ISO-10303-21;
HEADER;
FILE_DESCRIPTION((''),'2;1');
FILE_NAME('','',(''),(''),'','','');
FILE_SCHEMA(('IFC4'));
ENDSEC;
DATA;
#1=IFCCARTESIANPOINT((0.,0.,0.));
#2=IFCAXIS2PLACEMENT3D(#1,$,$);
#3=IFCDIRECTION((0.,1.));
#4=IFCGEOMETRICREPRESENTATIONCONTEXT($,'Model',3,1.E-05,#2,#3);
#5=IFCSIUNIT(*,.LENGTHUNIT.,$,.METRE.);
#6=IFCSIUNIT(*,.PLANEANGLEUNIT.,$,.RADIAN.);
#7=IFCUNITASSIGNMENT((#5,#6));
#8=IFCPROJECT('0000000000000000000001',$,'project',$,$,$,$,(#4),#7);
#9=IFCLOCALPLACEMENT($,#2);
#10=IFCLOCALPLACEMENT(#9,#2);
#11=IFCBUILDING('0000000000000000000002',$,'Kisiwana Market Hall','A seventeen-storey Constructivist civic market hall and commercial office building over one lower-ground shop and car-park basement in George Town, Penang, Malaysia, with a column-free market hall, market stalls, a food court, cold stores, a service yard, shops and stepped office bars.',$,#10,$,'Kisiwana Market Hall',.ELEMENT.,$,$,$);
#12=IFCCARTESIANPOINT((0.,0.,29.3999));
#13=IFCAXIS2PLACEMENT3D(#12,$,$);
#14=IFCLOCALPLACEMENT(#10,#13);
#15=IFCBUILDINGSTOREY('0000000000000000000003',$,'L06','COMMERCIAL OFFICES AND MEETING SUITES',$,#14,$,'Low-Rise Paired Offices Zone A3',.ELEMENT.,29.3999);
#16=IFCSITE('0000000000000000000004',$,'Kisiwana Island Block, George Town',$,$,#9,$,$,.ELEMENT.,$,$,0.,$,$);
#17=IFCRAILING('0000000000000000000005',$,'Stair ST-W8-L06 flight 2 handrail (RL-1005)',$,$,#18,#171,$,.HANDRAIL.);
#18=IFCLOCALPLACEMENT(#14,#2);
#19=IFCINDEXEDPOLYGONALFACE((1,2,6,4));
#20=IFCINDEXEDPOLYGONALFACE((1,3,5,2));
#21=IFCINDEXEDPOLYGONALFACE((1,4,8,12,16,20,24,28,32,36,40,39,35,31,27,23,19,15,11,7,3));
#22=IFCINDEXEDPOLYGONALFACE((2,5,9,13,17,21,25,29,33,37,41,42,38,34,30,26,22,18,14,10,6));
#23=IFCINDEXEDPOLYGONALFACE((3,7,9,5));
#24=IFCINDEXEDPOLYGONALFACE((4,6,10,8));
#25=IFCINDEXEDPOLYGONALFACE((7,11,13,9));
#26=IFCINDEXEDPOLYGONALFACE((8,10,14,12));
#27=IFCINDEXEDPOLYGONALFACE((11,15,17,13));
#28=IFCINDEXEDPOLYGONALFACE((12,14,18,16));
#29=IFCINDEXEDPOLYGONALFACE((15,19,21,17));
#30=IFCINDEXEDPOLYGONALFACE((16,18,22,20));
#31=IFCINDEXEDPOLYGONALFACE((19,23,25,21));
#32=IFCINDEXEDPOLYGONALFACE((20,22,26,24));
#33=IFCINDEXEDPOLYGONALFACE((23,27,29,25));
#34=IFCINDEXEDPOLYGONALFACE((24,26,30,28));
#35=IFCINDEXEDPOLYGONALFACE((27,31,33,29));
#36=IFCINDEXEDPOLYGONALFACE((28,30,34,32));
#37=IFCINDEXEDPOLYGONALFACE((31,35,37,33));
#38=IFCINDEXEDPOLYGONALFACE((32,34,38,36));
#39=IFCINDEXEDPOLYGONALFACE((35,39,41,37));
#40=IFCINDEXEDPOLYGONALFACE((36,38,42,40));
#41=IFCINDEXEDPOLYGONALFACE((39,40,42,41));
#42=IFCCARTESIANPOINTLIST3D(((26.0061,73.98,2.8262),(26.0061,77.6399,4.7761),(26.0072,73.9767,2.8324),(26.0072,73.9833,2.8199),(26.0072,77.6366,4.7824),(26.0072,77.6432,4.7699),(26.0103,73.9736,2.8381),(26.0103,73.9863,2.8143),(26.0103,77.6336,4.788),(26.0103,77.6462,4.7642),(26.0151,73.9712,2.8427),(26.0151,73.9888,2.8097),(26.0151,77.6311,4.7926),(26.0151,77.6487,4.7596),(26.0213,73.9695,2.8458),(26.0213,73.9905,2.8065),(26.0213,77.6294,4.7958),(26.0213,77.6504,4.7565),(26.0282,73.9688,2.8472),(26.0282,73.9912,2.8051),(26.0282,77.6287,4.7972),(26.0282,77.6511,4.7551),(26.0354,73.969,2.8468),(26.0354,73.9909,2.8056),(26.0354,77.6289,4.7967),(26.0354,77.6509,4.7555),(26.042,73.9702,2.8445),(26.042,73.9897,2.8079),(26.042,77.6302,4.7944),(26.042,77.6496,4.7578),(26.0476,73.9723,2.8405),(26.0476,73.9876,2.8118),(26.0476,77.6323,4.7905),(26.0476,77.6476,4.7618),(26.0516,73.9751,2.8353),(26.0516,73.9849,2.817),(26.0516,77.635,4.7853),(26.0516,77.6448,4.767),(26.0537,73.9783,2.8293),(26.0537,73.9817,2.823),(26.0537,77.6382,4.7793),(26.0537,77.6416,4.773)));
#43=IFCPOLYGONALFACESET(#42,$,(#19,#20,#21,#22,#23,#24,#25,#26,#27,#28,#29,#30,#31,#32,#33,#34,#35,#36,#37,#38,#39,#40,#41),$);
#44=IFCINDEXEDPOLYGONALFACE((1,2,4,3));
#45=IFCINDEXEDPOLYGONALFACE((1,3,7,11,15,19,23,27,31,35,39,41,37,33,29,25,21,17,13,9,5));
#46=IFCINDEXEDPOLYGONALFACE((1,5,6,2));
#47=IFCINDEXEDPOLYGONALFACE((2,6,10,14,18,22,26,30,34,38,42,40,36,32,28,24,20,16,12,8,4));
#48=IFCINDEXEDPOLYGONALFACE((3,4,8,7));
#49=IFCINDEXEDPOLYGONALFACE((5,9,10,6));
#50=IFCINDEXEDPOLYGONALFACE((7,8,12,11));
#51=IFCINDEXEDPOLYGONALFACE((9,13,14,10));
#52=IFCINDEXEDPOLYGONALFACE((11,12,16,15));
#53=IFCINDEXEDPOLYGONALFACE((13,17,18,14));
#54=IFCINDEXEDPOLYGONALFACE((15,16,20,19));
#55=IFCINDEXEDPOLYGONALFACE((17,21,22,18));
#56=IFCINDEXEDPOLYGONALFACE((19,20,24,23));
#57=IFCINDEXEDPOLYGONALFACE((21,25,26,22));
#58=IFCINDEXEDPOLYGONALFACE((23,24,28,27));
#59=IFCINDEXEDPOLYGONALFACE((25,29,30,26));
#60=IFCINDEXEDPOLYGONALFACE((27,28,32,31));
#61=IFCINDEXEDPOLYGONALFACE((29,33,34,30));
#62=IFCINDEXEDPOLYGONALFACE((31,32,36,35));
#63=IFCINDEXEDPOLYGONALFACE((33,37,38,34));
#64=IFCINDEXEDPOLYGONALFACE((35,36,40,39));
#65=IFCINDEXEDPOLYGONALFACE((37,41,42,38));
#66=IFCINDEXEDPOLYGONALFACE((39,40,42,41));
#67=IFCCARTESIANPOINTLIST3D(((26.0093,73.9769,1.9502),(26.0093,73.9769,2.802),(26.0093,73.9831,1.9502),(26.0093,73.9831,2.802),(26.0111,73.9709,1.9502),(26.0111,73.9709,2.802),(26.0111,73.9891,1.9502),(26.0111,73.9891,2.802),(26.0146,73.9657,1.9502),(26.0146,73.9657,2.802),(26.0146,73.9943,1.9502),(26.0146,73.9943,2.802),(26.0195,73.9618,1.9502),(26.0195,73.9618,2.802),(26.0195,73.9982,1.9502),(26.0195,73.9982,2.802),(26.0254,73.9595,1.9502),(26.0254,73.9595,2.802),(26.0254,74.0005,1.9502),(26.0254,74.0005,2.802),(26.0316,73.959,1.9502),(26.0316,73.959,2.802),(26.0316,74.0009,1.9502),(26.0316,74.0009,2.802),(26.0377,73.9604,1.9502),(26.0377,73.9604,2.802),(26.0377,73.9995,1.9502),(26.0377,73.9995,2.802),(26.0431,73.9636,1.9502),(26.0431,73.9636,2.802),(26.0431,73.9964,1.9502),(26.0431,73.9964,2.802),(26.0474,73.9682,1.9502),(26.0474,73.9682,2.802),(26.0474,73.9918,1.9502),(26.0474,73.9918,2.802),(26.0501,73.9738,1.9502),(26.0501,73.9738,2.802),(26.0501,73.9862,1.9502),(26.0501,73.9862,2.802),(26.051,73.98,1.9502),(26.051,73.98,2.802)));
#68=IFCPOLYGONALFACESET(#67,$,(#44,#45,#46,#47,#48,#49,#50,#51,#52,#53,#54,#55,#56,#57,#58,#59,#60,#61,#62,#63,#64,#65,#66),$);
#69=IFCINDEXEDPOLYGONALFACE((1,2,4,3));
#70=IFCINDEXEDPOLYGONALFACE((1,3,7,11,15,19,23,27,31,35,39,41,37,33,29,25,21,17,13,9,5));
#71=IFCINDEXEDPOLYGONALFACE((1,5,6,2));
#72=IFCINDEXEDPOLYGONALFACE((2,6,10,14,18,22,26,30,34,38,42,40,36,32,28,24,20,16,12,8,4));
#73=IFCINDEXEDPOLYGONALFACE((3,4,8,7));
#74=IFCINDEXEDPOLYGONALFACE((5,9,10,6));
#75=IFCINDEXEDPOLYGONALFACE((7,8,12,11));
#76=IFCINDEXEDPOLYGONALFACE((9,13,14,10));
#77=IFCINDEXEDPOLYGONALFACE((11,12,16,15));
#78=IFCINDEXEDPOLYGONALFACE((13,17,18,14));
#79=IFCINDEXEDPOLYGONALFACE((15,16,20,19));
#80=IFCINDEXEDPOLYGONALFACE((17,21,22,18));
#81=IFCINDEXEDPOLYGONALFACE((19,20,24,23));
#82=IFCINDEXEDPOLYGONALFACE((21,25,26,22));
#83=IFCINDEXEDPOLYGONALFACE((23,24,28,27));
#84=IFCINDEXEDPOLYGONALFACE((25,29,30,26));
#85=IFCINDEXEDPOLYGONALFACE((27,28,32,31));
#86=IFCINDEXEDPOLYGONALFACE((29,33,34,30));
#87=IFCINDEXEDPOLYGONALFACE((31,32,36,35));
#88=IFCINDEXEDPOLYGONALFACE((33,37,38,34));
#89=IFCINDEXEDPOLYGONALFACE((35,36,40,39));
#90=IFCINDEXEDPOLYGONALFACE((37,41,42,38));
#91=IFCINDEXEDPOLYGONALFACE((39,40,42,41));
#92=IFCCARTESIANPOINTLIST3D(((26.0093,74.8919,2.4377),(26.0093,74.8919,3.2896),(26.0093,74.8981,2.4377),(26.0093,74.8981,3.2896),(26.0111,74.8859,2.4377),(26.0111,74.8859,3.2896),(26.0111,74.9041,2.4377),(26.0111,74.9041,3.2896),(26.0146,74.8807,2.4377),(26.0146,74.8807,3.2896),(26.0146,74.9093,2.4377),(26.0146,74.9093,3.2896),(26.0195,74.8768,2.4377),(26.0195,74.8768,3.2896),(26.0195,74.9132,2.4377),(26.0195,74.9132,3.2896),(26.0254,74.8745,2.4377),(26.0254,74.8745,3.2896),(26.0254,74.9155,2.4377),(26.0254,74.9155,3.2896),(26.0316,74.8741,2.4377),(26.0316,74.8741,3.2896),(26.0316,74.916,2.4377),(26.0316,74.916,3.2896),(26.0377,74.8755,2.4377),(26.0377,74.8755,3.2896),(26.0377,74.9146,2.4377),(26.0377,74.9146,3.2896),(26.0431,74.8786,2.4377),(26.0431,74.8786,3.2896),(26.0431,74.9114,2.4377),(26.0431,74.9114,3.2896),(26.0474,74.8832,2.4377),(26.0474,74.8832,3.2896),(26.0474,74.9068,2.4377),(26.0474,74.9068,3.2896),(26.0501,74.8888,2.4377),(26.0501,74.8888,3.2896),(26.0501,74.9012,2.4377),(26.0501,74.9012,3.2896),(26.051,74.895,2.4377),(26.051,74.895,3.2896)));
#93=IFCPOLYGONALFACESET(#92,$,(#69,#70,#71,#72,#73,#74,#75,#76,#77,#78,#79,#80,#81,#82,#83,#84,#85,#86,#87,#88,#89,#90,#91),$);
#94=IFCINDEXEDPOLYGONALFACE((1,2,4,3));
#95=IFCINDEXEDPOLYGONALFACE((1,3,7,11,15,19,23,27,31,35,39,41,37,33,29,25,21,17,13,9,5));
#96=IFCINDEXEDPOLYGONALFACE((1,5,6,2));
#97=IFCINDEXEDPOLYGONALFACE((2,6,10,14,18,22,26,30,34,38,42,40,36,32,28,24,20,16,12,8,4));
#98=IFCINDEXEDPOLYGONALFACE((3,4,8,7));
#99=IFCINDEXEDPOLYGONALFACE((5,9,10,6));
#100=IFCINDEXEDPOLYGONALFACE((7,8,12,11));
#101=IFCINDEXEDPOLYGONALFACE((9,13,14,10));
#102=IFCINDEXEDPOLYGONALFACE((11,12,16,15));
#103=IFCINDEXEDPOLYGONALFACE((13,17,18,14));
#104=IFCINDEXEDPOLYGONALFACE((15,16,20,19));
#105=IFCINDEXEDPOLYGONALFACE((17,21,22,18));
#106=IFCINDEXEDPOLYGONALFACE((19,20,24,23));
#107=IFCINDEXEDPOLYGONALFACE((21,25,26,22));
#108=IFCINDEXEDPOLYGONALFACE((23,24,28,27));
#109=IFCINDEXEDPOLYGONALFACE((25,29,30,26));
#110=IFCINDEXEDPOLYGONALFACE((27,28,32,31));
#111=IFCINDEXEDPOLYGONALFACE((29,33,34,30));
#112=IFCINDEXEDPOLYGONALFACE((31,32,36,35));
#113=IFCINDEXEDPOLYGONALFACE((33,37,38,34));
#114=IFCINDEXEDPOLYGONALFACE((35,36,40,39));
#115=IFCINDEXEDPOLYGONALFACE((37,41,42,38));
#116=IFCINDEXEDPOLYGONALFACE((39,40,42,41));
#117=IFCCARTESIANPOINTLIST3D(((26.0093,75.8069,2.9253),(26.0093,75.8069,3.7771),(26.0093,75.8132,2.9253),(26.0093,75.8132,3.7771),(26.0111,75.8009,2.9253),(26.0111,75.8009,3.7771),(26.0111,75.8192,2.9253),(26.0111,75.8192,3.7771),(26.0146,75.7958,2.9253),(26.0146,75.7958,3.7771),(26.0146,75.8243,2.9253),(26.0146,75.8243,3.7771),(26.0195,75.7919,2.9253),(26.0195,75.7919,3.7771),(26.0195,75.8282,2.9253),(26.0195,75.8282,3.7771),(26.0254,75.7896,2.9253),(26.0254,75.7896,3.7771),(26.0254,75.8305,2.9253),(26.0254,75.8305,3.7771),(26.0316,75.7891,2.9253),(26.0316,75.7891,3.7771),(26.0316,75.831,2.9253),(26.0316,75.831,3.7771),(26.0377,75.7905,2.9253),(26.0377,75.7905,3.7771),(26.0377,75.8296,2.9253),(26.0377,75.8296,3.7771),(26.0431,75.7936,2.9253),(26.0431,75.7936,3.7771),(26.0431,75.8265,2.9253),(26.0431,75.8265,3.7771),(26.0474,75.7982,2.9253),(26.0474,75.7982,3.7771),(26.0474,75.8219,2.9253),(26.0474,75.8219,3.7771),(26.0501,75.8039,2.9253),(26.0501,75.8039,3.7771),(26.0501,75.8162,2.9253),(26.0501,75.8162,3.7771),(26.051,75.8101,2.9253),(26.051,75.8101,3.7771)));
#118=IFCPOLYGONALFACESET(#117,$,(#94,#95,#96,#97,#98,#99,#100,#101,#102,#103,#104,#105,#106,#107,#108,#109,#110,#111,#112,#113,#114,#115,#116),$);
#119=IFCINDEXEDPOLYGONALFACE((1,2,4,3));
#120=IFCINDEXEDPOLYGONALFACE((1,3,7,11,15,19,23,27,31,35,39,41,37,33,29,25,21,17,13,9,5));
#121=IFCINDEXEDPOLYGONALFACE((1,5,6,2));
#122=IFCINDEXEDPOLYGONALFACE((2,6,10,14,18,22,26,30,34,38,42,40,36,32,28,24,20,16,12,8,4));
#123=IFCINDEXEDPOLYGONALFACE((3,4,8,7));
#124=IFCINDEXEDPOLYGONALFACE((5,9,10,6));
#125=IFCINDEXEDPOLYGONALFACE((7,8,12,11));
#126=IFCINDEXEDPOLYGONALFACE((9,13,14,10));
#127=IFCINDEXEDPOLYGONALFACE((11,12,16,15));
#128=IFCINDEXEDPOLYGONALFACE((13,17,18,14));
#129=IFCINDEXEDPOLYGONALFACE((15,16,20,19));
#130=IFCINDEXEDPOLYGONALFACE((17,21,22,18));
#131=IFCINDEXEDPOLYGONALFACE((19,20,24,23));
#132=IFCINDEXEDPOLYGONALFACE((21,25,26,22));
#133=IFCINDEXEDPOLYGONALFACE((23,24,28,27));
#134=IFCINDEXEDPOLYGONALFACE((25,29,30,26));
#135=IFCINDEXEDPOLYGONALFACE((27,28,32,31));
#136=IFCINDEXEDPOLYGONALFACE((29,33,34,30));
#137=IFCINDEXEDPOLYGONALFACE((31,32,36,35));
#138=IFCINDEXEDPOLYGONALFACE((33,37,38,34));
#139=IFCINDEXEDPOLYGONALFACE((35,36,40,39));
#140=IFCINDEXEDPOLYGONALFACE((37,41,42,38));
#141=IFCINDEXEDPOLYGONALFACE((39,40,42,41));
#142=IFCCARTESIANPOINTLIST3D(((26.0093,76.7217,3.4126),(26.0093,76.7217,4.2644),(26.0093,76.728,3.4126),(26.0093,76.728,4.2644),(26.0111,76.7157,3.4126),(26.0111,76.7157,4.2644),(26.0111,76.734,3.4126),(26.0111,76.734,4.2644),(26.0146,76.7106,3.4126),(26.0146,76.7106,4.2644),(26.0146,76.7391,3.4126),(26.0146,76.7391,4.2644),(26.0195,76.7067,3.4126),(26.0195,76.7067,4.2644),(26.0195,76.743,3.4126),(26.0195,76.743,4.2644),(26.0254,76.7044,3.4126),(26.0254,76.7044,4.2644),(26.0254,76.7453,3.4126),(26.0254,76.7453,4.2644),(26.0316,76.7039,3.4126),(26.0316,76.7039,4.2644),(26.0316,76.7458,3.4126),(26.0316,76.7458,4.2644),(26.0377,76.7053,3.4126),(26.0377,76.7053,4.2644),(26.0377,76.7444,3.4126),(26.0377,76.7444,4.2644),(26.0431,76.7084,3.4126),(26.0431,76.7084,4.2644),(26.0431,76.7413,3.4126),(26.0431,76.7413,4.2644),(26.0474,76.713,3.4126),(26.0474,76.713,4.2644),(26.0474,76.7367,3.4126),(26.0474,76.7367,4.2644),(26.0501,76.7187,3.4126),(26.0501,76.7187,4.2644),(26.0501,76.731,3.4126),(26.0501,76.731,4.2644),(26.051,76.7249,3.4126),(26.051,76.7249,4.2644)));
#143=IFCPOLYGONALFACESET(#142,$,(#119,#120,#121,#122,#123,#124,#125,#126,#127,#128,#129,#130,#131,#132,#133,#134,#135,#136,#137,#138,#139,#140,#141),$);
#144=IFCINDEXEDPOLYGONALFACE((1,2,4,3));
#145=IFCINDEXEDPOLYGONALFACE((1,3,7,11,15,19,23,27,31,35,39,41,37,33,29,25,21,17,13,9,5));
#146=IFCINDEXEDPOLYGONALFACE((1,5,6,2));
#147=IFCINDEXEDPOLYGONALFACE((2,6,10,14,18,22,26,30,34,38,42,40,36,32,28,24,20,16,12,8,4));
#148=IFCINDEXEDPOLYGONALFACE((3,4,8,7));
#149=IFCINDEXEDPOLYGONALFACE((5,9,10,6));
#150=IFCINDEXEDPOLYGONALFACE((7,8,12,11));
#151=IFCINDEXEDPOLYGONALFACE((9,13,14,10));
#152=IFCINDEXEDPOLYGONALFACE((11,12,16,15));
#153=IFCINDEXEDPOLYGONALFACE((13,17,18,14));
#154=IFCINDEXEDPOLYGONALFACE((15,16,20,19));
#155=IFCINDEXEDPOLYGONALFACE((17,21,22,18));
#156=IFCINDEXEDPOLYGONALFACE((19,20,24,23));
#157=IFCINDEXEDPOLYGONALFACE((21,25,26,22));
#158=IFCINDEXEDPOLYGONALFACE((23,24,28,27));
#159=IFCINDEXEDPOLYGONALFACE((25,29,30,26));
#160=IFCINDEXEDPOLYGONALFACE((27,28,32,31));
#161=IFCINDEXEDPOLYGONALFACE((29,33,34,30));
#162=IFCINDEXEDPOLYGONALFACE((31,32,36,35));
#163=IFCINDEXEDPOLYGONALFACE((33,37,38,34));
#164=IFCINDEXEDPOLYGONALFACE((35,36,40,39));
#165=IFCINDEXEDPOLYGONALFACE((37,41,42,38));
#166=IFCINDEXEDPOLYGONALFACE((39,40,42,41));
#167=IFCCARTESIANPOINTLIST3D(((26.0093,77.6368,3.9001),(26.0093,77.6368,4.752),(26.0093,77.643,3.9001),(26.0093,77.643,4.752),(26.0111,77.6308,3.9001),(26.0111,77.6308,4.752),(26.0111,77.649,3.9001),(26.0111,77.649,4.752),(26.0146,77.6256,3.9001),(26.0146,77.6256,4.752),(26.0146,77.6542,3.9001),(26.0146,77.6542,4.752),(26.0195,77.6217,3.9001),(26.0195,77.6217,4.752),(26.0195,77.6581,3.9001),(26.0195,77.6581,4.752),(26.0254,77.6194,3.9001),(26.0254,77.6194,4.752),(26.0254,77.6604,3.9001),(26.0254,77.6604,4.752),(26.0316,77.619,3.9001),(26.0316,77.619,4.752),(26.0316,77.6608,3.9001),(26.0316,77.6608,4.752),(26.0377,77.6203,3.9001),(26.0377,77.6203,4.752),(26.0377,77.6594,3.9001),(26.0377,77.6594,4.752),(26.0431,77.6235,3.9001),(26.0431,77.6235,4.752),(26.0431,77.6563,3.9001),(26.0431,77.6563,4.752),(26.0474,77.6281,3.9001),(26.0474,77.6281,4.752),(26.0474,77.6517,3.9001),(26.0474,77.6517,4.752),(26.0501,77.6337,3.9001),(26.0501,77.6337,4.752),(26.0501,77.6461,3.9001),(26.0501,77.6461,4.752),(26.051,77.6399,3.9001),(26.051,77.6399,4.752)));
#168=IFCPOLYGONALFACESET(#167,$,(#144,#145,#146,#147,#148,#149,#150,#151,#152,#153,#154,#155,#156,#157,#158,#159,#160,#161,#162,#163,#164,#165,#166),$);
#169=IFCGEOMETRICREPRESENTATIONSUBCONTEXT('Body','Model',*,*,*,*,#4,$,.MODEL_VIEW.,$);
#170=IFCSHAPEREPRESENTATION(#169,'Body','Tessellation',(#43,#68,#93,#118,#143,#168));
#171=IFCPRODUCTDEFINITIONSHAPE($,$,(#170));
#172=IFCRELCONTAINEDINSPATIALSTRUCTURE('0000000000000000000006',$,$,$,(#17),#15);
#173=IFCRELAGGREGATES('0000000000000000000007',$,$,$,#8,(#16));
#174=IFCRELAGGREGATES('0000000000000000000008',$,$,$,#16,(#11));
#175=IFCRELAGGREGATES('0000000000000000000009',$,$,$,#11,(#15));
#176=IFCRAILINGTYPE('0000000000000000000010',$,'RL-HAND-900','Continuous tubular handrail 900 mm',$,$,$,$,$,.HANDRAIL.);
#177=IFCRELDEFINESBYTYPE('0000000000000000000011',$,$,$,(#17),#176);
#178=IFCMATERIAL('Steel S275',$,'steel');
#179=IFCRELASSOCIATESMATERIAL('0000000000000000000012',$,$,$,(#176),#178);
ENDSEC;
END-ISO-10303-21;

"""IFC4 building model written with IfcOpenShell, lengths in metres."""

from ifc_helpers import new_model, si_unit, direction, frame, origin, origin_2d, place, context, subcontext, project, spatial, circle, extrude, material, type_object, element, save


model = new_model("IFC4")

# Units and contexts
model_context = context("Model", 3, precision=1e-05, world=origin(), true_north=direction((0.0, 1.0)))
body_context = subcontext(model_context, "Body", "Model", "MODEL_VIEW")
ifc_project = project(units=[si_unit("LENGTHUNIT", "METRE"), si_unit("PLANEANGLEUNIT", "RADIAN")], contexts=[model_context])

# Site, building, storey
site_placement = place(None, origin())
site = spatial("IfcSite", under=ifc_project, at=site_placement, Name="Kisiwana Island Block, George Town", CompositionType="ELEMENT", RefElevation=0.0)
building_placement = place(site_placement, origin())
building = spatial("IfcBuilding", under=site, at=building_placement, Name="Kisiwana Market Hall", Description="A seventeen-storey Constructivist civic market hall and commercial office building over one lower-ground shop and car-park basement in George Town, Penang, Malaysia, with a column-free market hall, market stalls, a food court, cold stores, a service yard, shops and stepped office bars.", LongName="Kisiwana Market Hall", CompositionType="ELEMENT")
storey_placement = place(building_placement, frame((0.0, 0.0, 29.3999)))
storey = spatial("IfcBuildingStorey", under=building, at=storey_placement, Name="L06", Description="COMMERCIAL OFFICES AND MEETING SUITES", LongName="Low-Rise Paired Offices Zone A3", CompositionType="ELEMENT", Elevation=29.3999)

# Railing
ifc_material_1 = material(Name="Steel S275", Category="steel")
railing_type_1 = type_object("IfcRailingType", Name="RL-HAND-900", Description="Continuous tubular handrail 900 mm", PredefinedType="HANDRAIL", material=ifc_material_1)
railing_1_placement = place(storey_placement, frame((26.03, 73.98, 1.9502)))
element("IfcRailing", 1, at=railing_1_placement, inside=storey, type_object=railing_type_1, Name="Stair ST-W8-L06 flight 2 handrail (RL-1005)", PredefinedType="HANDRAIL", context=body_context, shape_type="SweptSolid", body=[
    extrude(circle(Radius=0.0239, at=origin_2d()), frame((0.0, 0.0, 0.876), z_axis=(0.0, 0.882553, 0.470212), x_axis=(-1.0, 0.0, 0.0)), (0.0, 0.0, 1.0), 4.147),
    extrude(circle(Radius=0.021, at=origin_2d()), origin(), (0.0, 0.0, 1.0), 0.8518),
    extrude(circle(Radius=0.021, at=origin_2d()), frame((0.0, 0.915, 0.4875)), (0.0, 0.0, 1.0), 0.8518),
    extrude(circle(Radius=0.021, at=origin_2d()), frame((0.0, 1.8301, 0.9751)), (0.0, 0.0, 1.0), 0.8518),
    extrude(circle(Radius=0.021, at=origin_2d()), frame((0.0, 2.7449, 1.4624)), (0.0, 0.0, 1.0), 0.8518),
    extrude(circle(Radius=0.021, at=origin_2d()), frame((0.0, 3.6599, 1.95)), (0.0, 0.0, 1.0), 0.8518),
])

save(model, "model.ifc")
